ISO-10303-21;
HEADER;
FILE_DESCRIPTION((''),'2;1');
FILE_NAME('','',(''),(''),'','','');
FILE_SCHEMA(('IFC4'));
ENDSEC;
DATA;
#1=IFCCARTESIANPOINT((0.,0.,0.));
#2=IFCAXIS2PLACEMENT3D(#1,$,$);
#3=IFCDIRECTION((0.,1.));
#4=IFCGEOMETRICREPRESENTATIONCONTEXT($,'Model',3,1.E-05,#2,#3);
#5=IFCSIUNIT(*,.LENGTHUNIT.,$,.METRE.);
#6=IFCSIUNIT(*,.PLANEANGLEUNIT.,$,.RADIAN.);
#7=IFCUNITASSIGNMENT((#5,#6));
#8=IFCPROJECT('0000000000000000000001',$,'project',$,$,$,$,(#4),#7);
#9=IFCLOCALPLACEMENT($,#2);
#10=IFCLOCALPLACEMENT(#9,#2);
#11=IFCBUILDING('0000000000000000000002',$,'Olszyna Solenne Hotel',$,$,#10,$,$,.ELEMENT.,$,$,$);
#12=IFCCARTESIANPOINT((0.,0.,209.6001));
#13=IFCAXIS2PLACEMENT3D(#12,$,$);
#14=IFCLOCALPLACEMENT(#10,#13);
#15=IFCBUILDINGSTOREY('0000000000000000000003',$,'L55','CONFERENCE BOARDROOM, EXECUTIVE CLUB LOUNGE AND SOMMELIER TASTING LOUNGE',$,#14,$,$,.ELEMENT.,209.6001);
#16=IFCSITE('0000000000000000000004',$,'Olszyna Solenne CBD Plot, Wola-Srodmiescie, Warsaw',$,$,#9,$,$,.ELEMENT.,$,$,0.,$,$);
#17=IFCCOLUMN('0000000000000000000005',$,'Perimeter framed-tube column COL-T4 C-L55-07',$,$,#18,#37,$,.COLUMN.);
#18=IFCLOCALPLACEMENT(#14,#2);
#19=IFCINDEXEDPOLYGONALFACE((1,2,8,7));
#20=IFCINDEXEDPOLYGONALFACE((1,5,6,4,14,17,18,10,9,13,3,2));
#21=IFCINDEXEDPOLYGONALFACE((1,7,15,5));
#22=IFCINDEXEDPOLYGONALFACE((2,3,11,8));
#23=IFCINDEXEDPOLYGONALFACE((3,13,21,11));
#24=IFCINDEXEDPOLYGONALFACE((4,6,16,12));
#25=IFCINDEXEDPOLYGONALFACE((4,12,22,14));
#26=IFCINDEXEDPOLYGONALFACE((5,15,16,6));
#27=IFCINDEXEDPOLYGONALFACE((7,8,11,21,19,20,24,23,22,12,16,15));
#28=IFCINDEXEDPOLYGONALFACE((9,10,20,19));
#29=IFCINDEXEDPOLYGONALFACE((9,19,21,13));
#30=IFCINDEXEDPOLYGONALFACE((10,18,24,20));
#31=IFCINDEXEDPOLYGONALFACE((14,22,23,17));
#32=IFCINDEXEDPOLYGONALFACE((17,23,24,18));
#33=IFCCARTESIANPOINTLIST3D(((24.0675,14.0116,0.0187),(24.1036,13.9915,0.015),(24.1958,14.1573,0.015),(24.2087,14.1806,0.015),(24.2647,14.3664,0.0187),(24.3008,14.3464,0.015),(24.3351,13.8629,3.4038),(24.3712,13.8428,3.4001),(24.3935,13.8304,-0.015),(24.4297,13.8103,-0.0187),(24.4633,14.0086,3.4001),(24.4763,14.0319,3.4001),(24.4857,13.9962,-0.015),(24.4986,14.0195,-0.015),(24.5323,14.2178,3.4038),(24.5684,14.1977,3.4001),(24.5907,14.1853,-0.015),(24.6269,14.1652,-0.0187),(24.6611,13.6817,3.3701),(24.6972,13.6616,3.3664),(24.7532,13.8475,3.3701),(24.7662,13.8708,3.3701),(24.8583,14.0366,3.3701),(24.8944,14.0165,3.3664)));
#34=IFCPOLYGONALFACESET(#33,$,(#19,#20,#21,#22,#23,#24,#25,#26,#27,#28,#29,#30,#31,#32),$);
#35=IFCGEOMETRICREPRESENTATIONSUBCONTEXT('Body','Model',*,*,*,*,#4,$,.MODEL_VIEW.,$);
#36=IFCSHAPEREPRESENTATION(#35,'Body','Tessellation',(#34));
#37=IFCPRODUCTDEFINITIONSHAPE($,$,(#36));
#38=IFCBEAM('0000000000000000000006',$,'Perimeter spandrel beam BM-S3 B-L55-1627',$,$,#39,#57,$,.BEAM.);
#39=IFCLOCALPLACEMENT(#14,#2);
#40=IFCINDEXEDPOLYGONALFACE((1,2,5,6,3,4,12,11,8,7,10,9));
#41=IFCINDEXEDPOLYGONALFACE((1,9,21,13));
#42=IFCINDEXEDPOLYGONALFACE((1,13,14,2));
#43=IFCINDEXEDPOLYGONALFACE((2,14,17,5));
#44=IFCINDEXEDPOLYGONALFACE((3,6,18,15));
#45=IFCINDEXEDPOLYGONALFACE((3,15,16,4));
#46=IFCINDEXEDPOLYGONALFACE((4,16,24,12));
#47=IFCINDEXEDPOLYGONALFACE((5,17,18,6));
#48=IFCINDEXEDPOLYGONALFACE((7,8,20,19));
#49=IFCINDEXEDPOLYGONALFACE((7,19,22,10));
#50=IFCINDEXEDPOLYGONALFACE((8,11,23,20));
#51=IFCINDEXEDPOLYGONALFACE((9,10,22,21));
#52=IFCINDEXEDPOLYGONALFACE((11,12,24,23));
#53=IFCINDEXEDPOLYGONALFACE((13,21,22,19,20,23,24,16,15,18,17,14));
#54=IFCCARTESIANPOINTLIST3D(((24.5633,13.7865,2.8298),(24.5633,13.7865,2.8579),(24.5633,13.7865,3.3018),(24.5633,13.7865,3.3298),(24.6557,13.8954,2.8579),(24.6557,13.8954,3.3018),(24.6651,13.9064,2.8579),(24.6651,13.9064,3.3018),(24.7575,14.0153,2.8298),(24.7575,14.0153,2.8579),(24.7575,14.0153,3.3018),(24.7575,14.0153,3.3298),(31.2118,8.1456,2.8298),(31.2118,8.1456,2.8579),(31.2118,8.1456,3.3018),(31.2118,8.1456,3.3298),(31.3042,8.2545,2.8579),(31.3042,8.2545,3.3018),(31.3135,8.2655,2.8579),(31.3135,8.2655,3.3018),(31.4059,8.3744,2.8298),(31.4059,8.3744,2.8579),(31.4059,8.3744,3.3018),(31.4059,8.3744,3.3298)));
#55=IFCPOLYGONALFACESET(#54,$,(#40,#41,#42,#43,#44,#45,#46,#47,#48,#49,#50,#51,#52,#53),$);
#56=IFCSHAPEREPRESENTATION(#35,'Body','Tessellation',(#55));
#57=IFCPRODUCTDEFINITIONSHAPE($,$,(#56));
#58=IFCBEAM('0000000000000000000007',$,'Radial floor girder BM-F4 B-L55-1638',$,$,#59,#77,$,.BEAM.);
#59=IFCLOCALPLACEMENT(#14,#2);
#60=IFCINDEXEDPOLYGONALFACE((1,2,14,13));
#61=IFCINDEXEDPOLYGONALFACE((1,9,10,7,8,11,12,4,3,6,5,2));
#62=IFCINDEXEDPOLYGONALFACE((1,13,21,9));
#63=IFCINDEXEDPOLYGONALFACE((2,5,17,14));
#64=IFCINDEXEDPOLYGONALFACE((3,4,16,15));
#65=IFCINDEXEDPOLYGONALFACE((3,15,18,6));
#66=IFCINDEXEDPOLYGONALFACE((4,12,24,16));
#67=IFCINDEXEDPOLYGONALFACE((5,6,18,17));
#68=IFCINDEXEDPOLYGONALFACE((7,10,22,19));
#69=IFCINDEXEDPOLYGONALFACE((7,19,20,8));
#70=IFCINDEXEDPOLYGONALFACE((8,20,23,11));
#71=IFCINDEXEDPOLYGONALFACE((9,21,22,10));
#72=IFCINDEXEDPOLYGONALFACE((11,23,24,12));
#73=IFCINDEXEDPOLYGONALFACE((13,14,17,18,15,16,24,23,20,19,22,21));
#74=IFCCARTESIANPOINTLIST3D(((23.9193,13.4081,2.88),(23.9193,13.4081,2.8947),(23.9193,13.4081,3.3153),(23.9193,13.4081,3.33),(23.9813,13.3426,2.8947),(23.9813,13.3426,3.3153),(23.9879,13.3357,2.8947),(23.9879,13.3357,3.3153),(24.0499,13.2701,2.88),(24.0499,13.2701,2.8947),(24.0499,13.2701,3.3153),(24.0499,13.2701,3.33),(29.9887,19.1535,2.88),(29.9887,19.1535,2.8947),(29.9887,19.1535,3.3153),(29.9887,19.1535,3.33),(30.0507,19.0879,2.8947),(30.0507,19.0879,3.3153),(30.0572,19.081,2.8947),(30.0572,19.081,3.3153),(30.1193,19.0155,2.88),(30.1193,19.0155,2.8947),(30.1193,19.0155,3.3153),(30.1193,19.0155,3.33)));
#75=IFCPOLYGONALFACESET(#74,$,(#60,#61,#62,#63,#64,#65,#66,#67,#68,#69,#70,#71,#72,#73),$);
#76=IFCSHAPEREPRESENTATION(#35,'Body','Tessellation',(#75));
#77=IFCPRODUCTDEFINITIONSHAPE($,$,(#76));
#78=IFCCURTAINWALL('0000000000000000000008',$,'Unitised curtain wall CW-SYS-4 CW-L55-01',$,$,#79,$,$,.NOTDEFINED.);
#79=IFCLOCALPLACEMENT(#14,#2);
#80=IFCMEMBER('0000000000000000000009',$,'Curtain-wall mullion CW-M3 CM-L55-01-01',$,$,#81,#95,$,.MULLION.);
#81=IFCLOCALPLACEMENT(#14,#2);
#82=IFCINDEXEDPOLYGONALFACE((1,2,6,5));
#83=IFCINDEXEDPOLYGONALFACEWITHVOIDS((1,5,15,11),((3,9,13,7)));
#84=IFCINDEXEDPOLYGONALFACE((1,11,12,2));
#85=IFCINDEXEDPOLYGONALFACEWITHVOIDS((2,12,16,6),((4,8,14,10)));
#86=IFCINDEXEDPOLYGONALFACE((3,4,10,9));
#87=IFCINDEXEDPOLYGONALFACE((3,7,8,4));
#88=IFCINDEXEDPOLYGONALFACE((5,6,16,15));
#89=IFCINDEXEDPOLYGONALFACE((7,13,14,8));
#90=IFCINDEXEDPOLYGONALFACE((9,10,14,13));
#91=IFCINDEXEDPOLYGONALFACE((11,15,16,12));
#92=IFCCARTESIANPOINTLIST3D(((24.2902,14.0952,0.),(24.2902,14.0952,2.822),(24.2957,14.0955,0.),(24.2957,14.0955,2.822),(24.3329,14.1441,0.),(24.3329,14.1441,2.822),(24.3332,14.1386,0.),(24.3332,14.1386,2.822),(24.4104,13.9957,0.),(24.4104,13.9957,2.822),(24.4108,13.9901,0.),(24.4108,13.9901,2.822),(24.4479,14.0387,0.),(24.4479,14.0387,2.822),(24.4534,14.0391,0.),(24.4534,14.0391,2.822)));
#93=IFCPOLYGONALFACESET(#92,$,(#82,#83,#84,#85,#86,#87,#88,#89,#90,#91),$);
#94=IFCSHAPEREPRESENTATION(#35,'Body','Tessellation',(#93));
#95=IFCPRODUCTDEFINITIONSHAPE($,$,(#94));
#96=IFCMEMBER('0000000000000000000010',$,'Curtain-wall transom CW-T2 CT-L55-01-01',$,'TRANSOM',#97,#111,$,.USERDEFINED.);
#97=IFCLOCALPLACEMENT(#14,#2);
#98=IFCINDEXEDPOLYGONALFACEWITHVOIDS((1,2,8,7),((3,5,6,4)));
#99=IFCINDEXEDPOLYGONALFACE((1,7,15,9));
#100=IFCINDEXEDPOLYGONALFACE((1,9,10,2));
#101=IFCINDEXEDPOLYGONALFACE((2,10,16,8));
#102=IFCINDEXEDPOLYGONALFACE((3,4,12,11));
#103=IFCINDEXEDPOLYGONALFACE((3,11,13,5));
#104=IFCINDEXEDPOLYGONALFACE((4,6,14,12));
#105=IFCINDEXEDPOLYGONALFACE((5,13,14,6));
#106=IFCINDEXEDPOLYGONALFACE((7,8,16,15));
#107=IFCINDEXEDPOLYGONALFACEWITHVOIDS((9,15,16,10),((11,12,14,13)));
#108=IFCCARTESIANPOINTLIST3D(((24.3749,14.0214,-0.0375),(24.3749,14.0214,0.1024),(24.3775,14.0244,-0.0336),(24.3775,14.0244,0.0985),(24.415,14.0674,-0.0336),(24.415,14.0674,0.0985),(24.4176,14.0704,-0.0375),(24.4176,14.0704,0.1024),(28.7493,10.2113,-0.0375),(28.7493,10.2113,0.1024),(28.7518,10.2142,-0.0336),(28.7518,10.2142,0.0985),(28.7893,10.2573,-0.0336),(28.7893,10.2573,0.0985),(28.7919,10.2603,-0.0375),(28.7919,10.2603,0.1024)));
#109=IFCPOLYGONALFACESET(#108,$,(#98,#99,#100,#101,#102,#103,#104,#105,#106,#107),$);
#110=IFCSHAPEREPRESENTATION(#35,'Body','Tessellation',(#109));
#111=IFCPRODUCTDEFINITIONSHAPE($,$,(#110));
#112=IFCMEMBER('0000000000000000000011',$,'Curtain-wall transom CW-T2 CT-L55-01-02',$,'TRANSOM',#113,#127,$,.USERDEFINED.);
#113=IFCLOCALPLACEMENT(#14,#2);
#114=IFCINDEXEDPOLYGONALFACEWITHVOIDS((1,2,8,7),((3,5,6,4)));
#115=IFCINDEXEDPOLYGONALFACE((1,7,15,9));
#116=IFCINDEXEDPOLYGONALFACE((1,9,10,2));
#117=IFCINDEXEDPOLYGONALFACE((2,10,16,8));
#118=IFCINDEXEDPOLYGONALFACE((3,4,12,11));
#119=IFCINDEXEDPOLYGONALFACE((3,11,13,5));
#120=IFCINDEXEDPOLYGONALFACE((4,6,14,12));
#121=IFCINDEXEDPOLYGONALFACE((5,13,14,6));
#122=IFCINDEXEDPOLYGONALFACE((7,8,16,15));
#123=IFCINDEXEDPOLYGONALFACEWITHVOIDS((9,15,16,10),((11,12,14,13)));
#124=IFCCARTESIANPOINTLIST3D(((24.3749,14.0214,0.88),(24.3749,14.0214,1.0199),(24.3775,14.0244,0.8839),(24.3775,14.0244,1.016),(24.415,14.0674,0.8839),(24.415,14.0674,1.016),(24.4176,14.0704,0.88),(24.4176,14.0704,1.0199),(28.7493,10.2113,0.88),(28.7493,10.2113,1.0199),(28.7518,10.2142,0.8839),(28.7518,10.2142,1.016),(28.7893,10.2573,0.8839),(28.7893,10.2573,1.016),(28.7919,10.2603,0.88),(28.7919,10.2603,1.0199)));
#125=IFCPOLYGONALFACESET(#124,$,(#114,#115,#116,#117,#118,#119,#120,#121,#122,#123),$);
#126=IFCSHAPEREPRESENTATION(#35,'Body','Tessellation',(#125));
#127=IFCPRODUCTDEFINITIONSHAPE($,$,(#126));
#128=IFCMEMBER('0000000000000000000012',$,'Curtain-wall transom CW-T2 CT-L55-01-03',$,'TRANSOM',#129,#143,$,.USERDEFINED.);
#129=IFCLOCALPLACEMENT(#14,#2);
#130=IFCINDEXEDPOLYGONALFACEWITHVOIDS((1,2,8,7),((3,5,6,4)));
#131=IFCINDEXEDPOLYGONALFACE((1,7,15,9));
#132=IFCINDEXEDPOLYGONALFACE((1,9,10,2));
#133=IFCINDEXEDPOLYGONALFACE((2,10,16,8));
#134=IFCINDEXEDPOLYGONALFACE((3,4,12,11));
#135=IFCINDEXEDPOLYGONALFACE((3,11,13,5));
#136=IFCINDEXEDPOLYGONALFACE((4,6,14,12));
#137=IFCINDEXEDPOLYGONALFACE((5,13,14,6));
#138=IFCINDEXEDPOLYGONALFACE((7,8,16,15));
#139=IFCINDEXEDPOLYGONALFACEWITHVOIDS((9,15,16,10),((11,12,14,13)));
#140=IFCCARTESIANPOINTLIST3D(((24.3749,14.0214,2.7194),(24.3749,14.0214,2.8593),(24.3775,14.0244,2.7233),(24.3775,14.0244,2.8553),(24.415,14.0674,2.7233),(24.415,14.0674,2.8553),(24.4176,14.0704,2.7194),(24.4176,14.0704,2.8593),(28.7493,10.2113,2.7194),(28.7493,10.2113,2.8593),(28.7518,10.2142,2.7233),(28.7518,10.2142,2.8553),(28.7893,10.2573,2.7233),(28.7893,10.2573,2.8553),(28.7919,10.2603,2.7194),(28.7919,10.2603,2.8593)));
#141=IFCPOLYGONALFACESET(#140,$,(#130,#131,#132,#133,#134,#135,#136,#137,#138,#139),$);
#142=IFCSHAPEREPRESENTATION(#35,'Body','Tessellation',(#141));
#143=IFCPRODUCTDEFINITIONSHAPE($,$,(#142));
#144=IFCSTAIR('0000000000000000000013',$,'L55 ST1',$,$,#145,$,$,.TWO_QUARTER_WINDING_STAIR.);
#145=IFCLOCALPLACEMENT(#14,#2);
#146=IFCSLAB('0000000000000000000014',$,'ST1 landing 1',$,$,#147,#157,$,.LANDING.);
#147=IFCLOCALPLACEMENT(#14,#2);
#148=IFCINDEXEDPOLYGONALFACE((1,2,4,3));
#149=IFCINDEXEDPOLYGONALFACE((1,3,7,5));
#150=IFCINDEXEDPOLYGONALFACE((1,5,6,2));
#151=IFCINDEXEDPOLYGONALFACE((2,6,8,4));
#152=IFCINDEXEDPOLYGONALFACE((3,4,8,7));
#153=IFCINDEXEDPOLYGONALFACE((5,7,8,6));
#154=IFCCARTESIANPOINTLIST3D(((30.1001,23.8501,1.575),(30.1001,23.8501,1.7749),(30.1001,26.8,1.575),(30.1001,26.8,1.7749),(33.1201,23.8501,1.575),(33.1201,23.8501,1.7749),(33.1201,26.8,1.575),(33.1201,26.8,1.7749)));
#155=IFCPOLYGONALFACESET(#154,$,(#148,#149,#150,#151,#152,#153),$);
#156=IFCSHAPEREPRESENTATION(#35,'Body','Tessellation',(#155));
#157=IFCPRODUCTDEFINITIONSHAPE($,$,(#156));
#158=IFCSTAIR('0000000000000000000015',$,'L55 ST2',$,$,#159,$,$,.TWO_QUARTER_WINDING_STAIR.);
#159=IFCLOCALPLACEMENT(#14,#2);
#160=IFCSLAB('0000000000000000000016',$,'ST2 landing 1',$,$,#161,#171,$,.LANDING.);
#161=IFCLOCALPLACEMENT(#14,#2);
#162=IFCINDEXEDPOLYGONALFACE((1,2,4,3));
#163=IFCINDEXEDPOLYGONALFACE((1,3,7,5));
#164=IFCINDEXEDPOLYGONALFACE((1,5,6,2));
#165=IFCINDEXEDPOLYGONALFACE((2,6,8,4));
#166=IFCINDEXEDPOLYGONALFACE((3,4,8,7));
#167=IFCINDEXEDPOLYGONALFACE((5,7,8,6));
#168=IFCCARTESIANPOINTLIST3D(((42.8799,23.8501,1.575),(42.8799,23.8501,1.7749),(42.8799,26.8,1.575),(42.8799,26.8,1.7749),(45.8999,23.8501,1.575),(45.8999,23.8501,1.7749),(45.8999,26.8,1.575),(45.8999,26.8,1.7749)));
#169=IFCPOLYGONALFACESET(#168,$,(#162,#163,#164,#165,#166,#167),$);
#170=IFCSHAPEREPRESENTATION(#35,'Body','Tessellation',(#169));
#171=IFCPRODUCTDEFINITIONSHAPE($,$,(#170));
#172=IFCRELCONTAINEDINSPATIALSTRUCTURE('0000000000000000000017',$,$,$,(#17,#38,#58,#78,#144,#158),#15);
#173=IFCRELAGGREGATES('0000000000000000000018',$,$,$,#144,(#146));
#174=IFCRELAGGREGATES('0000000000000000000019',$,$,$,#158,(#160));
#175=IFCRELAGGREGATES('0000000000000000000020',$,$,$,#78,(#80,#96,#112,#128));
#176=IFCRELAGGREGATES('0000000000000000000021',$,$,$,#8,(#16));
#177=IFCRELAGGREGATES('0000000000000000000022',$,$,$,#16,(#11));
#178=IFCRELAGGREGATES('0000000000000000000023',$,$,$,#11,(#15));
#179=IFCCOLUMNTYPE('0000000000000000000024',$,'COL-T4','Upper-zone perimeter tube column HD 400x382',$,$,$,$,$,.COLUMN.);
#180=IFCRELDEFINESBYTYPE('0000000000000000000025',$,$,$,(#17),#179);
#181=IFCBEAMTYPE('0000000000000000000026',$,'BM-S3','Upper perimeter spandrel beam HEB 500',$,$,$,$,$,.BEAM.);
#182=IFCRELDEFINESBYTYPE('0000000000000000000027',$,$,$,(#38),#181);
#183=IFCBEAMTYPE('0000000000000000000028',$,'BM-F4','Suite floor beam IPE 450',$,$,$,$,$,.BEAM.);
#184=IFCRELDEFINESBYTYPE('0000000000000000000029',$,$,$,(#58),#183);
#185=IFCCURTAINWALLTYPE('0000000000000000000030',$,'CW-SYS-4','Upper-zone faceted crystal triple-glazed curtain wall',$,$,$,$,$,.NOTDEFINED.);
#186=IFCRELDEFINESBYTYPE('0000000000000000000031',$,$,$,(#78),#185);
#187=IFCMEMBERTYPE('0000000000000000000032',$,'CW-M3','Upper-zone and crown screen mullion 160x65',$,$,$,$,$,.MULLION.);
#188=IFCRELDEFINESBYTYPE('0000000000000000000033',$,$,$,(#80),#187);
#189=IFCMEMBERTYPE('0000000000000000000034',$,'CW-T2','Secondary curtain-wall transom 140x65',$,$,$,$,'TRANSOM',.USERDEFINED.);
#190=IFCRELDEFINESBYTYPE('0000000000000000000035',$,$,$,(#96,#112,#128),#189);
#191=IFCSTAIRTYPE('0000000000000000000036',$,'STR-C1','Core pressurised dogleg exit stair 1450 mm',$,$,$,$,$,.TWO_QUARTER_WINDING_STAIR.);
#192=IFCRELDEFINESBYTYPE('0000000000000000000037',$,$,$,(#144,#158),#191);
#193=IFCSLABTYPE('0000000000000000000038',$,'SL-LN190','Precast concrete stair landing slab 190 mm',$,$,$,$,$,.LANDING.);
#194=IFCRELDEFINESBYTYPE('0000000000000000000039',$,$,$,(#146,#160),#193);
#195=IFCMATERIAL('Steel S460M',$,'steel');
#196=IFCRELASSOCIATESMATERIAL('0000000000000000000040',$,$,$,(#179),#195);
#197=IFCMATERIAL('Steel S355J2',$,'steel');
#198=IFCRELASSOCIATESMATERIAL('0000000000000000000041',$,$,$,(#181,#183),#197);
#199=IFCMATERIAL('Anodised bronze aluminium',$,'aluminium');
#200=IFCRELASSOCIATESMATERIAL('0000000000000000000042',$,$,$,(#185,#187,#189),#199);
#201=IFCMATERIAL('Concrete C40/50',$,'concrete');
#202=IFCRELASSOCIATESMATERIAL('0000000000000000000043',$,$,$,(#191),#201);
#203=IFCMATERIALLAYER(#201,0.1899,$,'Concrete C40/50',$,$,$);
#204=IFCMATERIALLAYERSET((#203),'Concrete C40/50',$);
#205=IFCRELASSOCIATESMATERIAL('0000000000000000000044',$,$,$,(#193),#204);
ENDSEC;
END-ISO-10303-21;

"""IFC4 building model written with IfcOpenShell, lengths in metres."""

from ifc_helpers import new_model, si_unit, direction, frame, origin, origin_2d, place, context, subcontext, project, spatial, polyline, hollow_rectangle, i_section, outline, extrude, source, transform, mapped, material, layer, layer_set, material_profile, profile_set, type_object, element, aggregate, save


model = new_model("IFC4")

# Units and contexts
model_context = context("Model", 3, precision=1e-05, world=origin(), true_north=direction((0.0, 1.0)))
body_context = subcontext(model_context, "Body", "Model", "MODEL_VIEW")
ifc_project = project(units=[si_unit("LENGTHUNIT", "METRE"), si_unit("PLANEANGLEUNIT", "RADIAN")], contexts=[model_context])

# Site, building, storey
site_placement = place(None, origin())
site = spatial("IfcSite", under=ifc_project, at=site_placement, Name="Olszyna Solenne CBD Plot, Wola-Srodmiescie, Warsaw", CompositionType="ELEMENT", RefElevation=0.0)
building_placement = place(site_placement, origin())
building = spatial("IfcBuilding", under=site, at=building_placement, Name="Olszyna Solenne Hotel", CompositionType="ELEMENT")
storey_placement = place(building_placement, frame((0.0, 0.0, 209.6001)))
storey = spatial("IfcBuildingStorey", under=building, at=storey_placement, Name="L55", Description="CONFERENCE BOARDROOM, EXECUTIVE CLUB LOUNGE AND SOMMELIER TASTING LOUNGE", CompositionType="ELEMENT", Elevation=209.6001)

# Column
ifc_material_1 = material(Name="Steel S460M", Category="steel")
ifc_material_profile_1 = material_profile(ifc_material_1, i_section(OverallWidth=0.406, OverallDepth=0.416, WebThickness=0.0266, FlangeThickness=0.0415, at=origin_2d()), Name="HD 400x382", Category="load-bearing")
ifc_profile_set_1 = profile_set([ifc_material_profile_1], Name="Steel S460M")
column_type = type_object("IfcColumnType", Name="COL-T4", Description="Upper-zone perimeter tube column HD 400x382", PredefinedType="COLUMN", material=ifc_profile_set_1)
shared_shape_1 = source(origin(), body_context, "Body", "SweptSolid", [
    extrude(i_section(OverallWidth=0.406, OverallDepth=0.416, WebThickness=0.0266, FlangeThickness=0.0415, at=origin_2d()), origin(), (0.0, 0.0, 1.0), 3.3989),
])
column_placement = place(storey_placement, frame((24.3472, 14.0884, 0.0), z_axis=(0.078727, -0.043745, 0.995936), x_axis=(0.485711, 0.87412, 0.0)))
element("IfcColumn", 1, at=column_placement, inside=storey, type_object=column_type, Name="Perimeter framed-tube column COL-T4 C-L55-07", PredefinedType="COLUMN", context=body_context, shape_type="MappedRepresentation", body=[
    mapped(shared_shape_1, transform((0.0, 0.0, 0.0), x_axis=(1.0, 0.0, 0.0), y_axis=(0.0, 1.0, 0.0), z_axis=(0.0, 0.0, 1.0), scale=1.0)),
])

# Beams
ifc_material_2 = material(Name="Steel S355J2", Category="steel")
ifc_material_profile_2 = material_profile(ifc_material_2, i_section(OverallWidth=0.3, OverallDepth=0.5, WebThickness=0.0144, FlangeThickness=0.0281, at=origin_2d()), Name="HEB 500", Category="load-bearing")
ifc_profile_set_2 = profile_set([ifc_material_profile_2], Name="Steel S355J2")
beam_type_1 = type_object("IfcBeamType", Name="BM-S3", Description="Upper perimeter spandrel beam HEB 500", PredefinedType="BEAM", material=ifc_profile_set_2)
shared_shape_2 = source(origin(), body_context, "Body", "SweptSolid", [
    extrude(i_section(OverallWidth=0.3, OverallDepth=0.5, WebThickness=0.0144, FlangeThickness=0.0281, at=origin_2d()), origin(), (0.0, 0.0, 1.0), 8.719),
])
beam_1_placement = place(storey_placement, frame((24.6604, 13.9009, 3.0798), z_axis=(0.762522, -0.646962, 0.0), x_axis=(0.646962, 0.762522, 0.0)))
element("IfcBeam", 2, at=beam_1_placement, inside=storey, type_object=beam_type_1, Name="Perimeter spandrel beam BM-S3 B-L55-1627", PredefinedType="BEAM", context=body_context, shape_type="MappedRepresentation", body=[
    mapped(shared_shape_2, transform((0.0, 0.0, 0.0), x_axis=(1.0, 0.0, 0.0), y_axis=(0.0, 1.0, 0.0), z_axis=(0.0, 0.0, 1.0), scale=1.0)),
])
ifc_material_profile_3 = material_profile(ifc_material_2, i_section(OverallWidth=0.1899, OverallDepth=0.45, WebThickness=0.0095, FlangeThickness=0.0146, at=origin_2d()), Name="IPE 450", Category="load-bearing")
ifc_profile_set_3 = profile_set([ifc_material_profile_3], Name="Steel S355J2")
beam_type_2 = type_object("IfcBeamType", Name="BM-F4", Description="Suite floor beam IPE 450", PredefinedType="BEAM", material=ifc_profile_set_3)
shared_shape_3 = source(origin(), body_context, "Body", "SweptSolid", [
    extrude(i_section(OverallWidth=0.1899, OverallDepth=0.45, WebThickness=0.0095, FlangeThickness=0.0146, at=origin_2d()), origin(), (0.0, 0.0, 1.0), 8.3574),
])
beam_2_placement = place(storey_placement, frame((23.9846, 13.3391, 3.105), z_axis=(0.726224, 0.687459, 0.0), x_axis=(-0.687459, 0.726224, 0.0)))
element("IfcBeam", 3, at=beam_2_placement, inside=storey, type_object=beam_type_2, Name="Radial floor girder BM-F4 B-L55-1638", PredefinedType="BEAM", context=body_context, shape_type="MappedRepresentation", body=[
    mapped(shared_shape_3, transform((0.0, 0.0, 0.0), x_axis=(1.0, 0.0, 0.0), y_axis=(0.0, 1.0, 0.0), z_axis=(0.0, 0.0, 1.0), scale=1.0)),
])

# Curtain wall, members
ifc_material_3 = material(Name="Anodised bronze aluminium", Category="aluminium")
curtain_wall_type = type_object("IfcCurtainWallType", Name="CW-SYS-4", Description="Upper-zone faceted crystal triple-glazed curtain wall", PredefinedType="NOTDEFINED", material=ifc_material_3)
curtain_wall_placement = place(storey_placement, origin())
curtain_wall = element("IfcCurtainWall", 4, at=curtain_wall_placement, inside=storey, type_object=curtain_wall_type, Name="Unitised curtain wall CW-SYS-4 CW-L55-01", PredefinedType="NOTDEFINED")
ifc_material_profile_4 = material_profile(ifc_material_3, hollow_rectangle(XDim=0.0649, YDim=0.1599, WallThickness=0.0039, at=origin_2d()), Name="MULL 160x65x4", Category="load-bearing")
ifc_profile_set_4 = profile_set([ifc_material_profile_4], Name="Anodised bronze aluminium")
member_type_1 = type_object("IfcMemberType", Name="CW-M3", Description="Upper-zone and crown screen mullion 160x65", PredefinedType="MULLION", material=ifc_profile_set_4)
shared_shape_4 = source(origin(), body_context, "Body", "SweptSolid", [
    extrude(hollow_rectangle(XDim=0.0649, YDim=0.1599, WallThickness=0.0039, at=origin_2d()), origin(), (0.0, 0.0, 1.0), 2.822),
])
member_1_placement = place(storey_placement, frame((24.3718, 14.0671, 0.0), z_axis=(0.0, 0.0, 1.0), x_axis=(0.656788, 0.754075, 0.0)))
member_1 = element("IfcMember", 5, at=member_1_placement, type_object=member_type_1, Name="Curtain-wall mullion CW-M3 CM-L55-01-01", PredefinedType="MULLION", context=body_context, shape_type="MappedRepresentation", body=[
    mapped(shared_shape_4, transform((0.0, 0.0, 0.0), x_axis=(1.0, 0.0, 0.0), y_axis=(0.0, 1.0, 0.0), z_axis=(0.0, 0.0, 1.0), scale=1.0)),
])
ifc_material_profile_5 = material_profile(ifc_material_3, hollow_rectangle(XDim=0.0649, YDim=0.1399, WallThickness=0.0039, at=origin_2d()), Name="TRAN 140x65x4", Category="load-bearing")
ifc_profile_set_5 = profile_set([ifc_material_profile_5], Name="Anodised bronze aluminium")
member_type_2 = type_object("IfcMemberType", Name="CW-T2", Description="Secondary curtain-wall transom 140x65", ElementType="TRANSOM", PredefinedType="USERDEFINED", material=ifc_profile_set_5)
shared_shape_5 = source(origin(), body_context, "Body", "SweptSolid", [
    extrude(hollow_rectangle(XDim=0.0649, YDim=0.1399, WallThickness=0.0039, at=origin_2d()), origin(), (0.0, 0.0, 1.0), 5.801),
])
member_2_placement = place(storey_placement, frame((24.3962, 14.0459, 0.0325), z_axis=(0.754063, -0.656802, 0.0), x_axis=(0.656802, 0.754063, 0.0)))
member_2 = element("IfcMember", 6, at=member_2_placement, type_object=member_type_2, Name="Curtain-wall transom CW-T2 CT-L55-01-01", ObjectType="TRANSOM", PredefinedType="USERDEFINED", context=body_context, shape_type="MappedRepresentation", body=[
    mapped(shared_shape_5, transform((0.0, 0.0, 0.0), x_axis=(1.0, 0.0, 0.0), y_axis=(0.0, 1.0, 0.0), z_axis=(0.0, 0.0, 1.0), scale=1.0)),
])
member_3_placement = place(storey_placement, frame((24.3962, 14.0459, 0.95), z_axis=(0.754063, -0.656802, 0.0), x_axis=(0.656802, 0.754063, 0.0)))
member_3 = element("IfcMember", 7, at=member_3_placement, type_object=member_type_2, Name="Curtain-wall transom CW-T2 CT-L55-01-02", ObjectType="TRANSOM", PredefinedType="USERDEFINED", context=body_context, shape_type="MappedRepresentation", body=[
    mapped(shared_shape_5, transform((0.0, 0.0, 0.0), x_axis=(1.0, 0.0, 0.0), y_axis=(0.0, 1.0, 0.0), z_axis=(0.0, 0.0, 1.0), scale=1.0)),
])
member_4_placement = place(storey_placement, frame((24.3962, 14.0459, 2.7893), z_axis=(0.754063, -0.656802, 0.0), x_axis=(0.656802, 0.754063, 0.0)))
member_4 = element("IfcMember", 8, at=member_4_placement, type_object=member_type_2, Name="Curtain-wall transom CW-T2 CT-L55-01-03", ObjectType="TRANSOM", PredefinedType="USERDEFINED", context=body_context, shape_type="MappedRepresentation", body=[
    mapped(shared_shape_5, transform((0.0, 0.0, 0.0), x_axis=(1.0, 0.0, 0.0), y_axis=(0.0, 1.0, 0.0), z_axis=(0.0, 0.0, 1.0), scale=1.0)),
])

# Stairs, slabs
ifc_material_4 = material(Name="Concrete C40/50", Category="concrete")
stair_type = type_object("IfcStairType", Name="STR-C1", Description="Core pressurised dogleg exit stair 1450 mm", PredefinedType="TWO_QUARTER_WINDING_STAIR", material=ifc_material_4)
stair_1_placement = place(storey_placement, origin())
stair_1 = element("IfcStair", 9, at=stair_1_placement, inside=storey, type_object=stair_type, Name="L55 ST1", PredefinedType="TWO_QUARTER_WINDING_STAIR")
ifc_layer_1 = layer(ifc_material_4, 0.1899, Name="Concrete C40/50")
ifc_layer_set_1 = layer_set([ifc_layer_1], Name="Concrete C40/50")
slab_type_1 = type_object("IfcSlabType", Name="SL-LN190", Description="Precast concrete stair landing slab 190 mm", PredefinedType="LANDING", material=ifc_layer_set_1)
slab_1_placement = place(storey_placement, frame((0.0, 0.0, 1.575)))
slab_1 = element("IfcSlab", 10, at=slab_1_placement, type_object=slab_type_1, Name="ST1 landing 1", PredefinedType="LANDING", context=body_context, shape_type="SweptSolid", body=[
    extrude(outline(polyline([(33.1201, 23.8501), (33.1201, 26.8), (30.1001, 26.8), (30.1001, 23.8501), (33.1201, 23.8501)])), origin(), (0.0, 0.0, 1.0), 0.2),
])
aggregate(stair_1, [slab_1])
stair_2_placement = place(storey_placement, origin())
stair_2 = element("IfcStair", 11, at=stair_2_placement, inside=storey, type_object=stair_type, Name="L55 ST2", PredefinedType="TWO_QUARTER_WINDING_STAIR")
slab_2_placement = place(storey_placement, frame((0.0, 0.0, 1.575)))
slab_2 = element("IfcSlab", 12, at=slab_2_placement, type_object=slab_type_1, Name="ST2 landing 1", PredefinedType="LANDING", context=body_context, shape_type="SweptSolid", body=[
    extrude(outline(polyline([(45.8999, 23.8501), (45.8999, 26.8), (42.8799, 26.8), (42.8799, 23.8501), (45.8999, 23.8501)])), origin(), (0.0, 0.0, 1.0), 0.2),
])
aggregate(stair_2, [slab_2])

aggregate(curtain_wall, [member_1, member_2, member_3, member_4])

save(model, "model.ifc")
